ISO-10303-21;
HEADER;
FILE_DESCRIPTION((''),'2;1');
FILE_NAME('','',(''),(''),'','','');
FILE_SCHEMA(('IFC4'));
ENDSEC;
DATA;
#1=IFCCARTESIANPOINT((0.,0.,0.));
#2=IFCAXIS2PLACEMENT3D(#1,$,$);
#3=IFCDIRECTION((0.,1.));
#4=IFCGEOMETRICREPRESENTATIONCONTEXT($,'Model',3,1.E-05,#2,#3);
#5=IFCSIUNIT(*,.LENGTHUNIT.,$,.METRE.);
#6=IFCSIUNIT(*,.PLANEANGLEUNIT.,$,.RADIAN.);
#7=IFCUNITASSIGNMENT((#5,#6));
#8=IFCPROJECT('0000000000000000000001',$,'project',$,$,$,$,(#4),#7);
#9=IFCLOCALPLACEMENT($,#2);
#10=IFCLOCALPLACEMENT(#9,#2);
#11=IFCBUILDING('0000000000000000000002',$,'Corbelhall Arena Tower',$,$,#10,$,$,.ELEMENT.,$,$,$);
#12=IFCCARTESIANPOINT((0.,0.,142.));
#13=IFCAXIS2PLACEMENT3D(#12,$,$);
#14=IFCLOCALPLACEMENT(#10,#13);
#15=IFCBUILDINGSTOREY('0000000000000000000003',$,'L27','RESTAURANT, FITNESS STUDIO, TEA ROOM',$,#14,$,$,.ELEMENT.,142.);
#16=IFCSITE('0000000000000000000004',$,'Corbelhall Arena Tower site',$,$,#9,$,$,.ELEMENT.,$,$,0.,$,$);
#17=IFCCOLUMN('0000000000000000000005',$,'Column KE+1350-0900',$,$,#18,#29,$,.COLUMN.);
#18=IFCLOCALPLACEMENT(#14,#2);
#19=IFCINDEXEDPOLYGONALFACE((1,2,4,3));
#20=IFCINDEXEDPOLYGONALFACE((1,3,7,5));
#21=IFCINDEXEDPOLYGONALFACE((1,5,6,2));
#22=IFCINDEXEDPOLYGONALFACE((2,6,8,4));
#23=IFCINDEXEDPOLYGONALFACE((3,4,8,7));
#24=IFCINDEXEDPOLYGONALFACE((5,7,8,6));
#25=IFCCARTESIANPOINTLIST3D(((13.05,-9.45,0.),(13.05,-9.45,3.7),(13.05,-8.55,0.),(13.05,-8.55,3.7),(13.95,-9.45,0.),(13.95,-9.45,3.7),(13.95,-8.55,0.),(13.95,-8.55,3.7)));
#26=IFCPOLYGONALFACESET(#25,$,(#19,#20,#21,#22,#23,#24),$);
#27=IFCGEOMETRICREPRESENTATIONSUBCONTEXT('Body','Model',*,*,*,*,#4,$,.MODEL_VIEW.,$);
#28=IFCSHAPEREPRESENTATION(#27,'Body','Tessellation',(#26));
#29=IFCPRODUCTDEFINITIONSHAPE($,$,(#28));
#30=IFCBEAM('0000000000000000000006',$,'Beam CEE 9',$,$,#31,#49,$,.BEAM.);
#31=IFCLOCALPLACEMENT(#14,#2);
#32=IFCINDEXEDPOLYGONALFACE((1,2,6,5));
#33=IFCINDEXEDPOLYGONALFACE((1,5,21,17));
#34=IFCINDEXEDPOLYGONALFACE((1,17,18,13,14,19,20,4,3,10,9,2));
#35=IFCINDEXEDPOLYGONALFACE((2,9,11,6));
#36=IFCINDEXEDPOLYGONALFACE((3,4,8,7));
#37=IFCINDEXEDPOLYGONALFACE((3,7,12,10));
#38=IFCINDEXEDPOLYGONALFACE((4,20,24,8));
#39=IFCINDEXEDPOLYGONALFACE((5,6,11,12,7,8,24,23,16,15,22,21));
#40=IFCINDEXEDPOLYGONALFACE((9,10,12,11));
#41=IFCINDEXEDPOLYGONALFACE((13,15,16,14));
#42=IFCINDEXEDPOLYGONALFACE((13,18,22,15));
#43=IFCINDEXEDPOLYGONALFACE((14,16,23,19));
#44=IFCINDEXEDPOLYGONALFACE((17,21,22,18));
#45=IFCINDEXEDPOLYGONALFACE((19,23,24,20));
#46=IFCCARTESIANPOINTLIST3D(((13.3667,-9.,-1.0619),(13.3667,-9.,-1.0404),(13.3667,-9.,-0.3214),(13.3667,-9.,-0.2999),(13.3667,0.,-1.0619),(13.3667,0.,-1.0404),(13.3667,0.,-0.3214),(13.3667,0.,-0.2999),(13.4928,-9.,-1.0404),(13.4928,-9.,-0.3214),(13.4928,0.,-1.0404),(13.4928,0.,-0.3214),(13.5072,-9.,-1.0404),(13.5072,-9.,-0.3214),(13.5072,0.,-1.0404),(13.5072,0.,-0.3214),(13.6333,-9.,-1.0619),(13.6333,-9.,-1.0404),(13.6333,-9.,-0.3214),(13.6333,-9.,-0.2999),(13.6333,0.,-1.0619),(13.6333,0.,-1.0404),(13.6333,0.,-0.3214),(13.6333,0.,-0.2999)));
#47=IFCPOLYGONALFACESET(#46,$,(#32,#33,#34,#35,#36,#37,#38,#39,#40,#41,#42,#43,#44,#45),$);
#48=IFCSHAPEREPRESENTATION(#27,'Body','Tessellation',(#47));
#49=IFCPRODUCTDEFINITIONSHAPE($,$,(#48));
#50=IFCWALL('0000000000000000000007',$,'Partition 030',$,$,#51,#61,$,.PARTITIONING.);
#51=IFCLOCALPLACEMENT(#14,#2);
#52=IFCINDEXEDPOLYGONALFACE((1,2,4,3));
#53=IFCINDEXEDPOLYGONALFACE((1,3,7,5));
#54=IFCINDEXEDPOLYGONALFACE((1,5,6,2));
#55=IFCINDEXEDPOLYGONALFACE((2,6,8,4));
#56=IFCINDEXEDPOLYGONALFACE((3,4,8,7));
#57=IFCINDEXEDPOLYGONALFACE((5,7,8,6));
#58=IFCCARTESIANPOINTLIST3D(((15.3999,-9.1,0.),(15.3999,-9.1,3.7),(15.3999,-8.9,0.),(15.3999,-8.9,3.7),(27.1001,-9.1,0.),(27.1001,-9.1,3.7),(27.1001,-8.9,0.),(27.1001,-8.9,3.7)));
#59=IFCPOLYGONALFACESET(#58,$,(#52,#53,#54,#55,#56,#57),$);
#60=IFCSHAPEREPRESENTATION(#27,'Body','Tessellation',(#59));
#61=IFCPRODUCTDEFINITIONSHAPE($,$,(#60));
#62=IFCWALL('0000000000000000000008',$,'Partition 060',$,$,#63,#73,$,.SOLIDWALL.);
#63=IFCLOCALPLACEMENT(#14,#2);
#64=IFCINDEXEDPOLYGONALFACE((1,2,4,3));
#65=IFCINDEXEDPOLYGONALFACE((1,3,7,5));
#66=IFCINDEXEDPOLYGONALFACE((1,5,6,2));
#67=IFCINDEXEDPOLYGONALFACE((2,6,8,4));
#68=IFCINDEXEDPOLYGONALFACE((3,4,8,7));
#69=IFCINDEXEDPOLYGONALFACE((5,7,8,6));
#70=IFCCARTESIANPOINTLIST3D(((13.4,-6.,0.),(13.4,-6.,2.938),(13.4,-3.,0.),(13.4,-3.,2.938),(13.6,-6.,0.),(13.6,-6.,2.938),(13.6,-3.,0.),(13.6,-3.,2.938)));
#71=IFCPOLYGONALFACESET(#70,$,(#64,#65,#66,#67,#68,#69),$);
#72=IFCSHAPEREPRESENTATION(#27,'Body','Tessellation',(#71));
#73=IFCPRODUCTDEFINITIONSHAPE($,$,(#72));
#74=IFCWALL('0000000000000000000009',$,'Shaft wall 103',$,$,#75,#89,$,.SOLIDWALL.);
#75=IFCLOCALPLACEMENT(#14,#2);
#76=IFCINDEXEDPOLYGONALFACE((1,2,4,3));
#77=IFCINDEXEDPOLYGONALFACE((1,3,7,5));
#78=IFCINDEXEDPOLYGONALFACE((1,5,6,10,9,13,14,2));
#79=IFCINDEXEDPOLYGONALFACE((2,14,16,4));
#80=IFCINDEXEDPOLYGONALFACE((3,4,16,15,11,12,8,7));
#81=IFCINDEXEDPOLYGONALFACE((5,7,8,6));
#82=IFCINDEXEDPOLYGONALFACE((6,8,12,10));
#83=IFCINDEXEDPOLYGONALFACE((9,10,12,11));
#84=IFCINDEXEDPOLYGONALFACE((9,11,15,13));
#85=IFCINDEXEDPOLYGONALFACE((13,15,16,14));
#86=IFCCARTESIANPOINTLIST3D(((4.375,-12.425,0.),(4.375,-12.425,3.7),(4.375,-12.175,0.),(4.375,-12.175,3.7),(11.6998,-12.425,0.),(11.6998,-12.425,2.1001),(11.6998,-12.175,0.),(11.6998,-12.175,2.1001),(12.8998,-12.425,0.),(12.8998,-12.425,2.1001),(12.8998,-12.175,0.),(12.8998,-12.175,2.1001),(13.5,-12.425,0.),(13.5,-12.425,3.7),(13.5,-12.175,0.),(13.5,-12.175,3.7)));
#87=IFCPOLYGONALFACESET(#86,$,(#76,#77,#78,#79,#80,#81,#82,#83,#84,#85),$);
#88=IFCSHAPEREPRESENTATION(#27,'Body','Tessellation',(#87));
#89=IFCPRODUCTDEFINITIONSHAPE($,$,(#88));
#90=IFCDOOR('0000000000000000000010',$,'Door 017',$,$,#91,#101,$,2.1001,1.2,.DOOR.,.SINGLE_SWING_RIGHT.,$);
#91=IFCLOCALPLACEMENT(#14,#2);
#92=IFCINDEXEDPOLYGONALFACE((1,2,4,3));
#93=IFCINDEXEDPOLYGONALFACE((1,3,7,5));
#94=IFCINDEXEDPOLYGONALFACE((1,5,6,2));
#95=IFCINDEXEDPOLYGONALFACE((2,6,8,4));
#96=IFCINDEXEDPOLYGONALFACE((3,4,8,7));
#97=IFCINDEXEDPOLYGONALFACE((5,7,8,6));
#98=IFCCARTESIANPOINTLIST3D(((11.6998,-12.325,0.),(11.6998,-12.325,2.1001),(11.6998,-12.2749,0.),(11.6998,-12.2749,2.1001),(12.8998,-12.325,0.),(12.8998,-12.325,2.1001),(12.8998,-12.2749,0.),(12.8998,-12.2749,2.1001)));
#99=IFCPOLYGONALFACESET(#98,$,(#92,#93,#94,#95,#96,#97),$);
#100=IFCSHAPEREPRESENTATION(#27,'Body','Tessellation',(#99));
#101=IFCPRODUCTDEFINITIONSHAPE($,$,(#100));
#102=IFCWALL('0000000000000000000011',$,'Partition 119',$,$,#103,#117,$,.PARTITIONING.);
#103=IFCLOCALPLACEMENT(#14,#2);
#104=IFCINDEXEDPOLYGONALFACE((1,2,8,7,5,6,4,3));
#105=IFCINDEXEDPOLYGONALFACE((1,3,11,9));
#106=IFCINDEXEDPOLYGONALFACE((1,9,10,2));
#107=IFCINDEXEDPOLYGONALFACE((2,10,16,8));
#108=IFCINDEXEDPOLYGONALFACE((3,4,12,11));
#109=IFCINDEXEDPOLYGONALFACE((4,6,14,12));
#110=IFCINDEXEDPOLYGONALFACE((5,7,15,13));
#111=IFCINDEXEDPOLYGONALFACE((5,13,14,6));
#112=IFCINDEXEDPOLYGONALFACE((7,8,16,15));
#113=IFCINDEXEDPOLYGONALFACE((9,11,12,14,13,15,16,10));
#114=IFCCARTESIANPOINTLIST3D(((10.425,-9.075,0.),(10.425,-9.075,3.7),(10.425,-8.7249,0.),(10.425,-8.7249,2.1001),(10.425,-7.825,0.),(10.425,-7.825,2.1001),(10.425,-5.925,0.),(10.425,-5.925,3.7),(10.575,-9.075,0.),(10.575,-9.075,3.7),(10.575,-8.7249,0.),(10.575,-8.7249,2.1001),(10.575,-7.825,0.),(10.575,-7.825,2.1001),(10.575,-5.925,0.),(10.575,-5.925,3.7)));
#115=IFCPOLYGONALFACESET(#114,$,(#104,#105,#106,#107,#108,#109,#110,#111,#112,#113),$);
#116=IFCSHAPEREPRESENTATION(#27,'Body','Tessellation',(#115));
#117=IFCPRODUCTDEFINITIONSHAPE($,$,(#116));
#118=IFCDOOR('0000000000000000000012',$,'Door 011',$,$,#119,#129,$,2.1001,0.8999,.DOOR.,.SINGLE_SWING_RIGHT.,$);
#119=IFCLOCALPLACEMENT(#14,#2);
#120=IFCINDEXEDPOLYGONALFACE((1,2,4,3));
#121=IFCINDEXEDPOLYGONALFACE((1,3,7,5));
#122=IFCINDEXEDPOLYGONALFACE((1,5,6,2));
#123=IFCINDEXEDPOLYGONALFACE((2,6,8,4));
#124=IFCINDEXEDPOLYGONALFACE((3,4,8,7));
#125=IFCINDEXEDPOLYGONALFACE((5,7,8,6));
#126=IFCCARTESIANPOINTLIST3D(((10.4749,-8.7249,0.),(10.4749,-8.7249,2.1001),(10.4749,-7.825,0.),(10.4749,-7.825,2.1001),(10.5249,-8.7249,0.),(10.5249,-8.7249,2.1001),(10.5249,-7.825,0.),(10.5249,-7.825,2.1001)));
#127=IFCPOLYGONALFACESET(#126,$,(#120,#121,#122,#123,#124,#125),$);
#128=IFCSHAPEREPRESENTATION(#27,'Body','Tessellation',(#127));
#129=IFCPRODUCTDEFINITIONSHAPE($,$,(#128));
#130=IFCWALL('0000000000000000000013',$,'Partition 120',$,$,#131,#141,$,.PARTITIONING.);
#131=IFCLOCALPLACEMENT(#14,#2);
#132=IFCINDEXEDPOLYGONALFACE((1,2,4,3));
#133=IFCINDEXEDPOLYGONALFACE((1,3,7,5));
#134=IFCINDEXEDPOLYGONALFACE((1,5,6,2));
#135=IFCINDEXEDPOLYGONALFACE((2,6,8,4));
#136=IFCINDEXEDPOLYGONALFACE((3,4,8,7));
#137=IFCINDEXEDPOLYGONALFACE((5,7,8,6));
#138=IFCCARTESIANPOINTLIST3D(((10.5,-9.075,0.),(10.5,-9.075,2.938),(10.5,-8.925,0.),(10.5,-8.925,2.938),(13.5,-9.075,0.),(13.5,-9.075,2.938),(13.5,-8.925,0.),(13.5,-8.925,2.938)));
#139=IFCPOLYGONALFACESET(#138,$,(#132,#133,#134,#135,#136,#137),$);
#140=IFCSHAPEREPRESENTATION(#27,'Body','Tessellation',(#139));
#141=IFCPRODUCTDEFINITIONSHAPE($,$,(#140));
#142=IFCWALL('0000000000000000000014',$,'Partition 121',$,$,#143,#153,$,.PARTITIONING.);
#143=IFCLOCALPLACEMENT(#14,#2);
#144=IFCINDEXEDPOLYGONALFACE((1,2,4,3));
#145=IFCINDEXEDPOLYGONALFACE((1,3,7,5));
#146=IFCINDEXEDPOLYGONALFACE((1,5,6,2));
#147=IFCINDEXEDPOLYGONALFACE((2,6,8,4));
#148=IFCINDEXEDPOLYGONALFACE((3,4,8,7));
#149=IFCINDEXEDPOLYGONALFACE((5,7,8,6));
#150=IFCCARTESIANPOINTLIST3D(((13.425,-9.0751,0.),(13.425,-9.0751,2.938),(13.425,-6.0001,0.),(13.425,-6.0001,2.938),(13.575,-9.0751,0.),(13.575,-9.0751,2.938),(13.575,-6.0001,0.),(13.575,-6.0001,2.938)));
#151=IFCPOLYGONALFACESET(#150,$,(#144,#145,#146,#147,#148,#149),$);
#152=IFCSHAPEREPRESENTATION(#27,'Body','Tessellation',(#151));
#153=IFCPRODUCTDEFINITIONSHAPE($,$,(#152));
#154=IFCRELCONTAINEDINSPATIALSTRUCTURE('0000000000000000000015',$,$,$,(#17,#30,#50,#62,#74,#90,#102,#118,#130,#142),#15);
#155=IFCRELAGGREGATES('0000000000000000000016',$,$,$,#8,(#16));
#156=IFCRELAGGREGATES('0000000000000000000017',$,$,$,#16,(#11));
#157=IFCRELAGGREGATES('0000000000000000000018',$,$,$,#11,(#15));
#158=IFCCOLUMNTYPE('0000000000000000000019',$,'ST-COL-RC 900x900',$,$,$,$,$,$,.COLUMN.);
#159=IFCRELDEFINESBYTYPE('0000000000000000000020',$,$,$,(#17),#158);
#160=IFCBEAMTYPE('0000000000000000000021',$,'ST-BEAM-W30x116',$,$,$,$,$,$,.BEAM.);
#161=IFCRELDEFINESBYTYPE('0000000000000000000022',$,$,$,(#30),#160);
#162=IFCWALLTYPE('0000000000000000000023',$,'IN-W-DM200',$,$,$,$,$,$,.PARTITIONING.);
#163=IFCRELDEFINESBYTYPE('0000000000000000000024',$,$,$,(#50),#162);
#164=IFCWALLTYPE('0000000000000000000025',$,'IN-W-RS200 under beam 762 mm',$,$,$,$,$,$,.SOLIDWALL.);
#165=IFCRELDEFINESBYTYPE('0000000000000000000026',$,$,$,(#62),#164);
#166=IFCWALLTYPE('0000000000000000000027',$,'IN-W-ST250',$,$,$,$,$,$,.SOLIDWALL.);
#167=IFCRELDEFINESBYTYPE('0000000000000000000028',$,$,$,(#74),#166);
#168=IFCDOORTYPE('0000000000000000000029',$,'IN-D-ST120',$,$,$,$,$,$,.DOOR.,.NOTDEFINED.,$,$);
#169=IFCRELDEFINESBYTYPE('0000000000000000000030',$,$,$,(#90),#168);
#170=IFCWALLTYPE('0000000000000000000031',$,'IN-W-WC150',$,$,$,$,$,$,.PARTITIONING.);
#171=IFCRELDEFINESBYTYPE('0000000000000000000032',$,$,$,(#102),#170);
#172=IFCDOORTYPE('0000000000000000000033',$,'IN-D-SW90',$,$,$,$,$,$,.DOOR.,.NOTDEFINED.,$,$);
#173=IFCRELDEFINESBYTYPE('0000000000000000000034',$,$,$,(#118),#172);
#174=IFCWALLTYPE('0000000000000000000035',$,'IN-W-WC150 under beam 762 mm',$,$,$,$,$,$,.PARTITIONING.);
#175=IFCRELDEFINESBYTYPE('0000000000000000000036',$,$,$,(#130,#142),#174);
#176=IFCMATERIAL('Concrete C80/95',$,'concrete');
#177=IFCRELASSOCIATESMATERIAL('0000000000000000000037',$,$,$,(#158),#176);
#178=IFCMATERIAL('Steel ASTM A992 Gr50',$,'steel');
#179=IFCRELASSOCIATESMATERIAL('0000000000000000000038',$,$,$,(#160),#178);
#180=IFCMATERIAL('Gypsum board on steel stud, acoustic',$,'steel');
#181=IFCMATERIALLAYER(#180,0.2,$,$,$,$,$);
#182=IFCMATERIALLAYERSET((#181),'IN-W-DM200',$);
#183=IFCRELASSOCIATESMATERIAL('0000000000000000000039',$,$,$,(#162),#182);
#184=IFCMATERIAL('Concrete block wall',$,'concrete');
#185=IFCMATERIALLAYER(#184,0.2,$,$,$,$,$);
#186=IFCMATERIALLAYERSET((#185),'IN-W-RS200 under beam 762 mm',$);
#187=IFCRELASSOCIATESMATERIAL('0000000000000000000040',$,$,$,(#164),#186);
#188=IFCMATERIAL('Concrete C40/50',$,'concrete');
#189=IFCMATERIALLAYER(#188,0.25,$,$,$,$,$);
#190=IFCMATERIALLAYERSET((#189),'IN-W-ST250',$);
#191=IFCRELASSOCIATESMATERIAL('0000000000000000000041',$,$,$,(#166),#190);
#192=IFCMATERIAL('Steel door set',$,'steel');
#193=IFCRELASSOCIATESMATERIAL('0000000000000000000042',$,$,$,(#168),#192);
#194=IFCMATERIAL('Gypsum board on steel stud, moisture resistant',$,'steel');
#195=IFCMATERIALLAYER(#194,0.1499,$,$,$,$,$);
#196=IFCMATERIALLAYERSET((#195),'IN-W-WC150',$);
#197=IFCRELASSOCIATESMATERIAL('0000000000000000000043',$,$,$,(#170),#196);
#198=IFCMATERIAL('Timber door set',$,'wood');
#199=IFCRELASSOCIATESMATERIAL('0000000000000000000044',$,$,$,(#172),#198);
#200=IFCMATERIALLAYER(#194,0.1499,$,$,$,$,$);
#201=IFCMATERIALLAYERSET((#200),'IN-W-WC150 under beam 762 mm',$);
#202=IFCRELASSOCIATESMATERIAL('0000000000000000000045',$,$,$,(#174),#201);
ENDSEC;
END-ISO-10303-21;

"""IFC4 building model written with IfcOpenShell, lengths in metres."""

from ifc_helpers import new_model, si_unit, direction, frame, frame_2d, origin, origin_2d, place, context, subcontext, project, spatial, rectangle, i_section, extrude, material, layer, layer_set, material_profile, profile_set, type_object, element, fill, save


model = new_model("IFC4")

# Units and contexts
model_context = context("Model", 3, precision=1e-05, world=origin(), true_north=direction((0.0, 1.0)))
body_context = subcontext(model_context, "Body", "Model", "MODEL_VIEW")
ifc_project = project(units=[si_unit("LENGTHUNIT", "METRE"), si_unit("PLANEANGLEUNIT", "RADIAN")], contexts=[model_context])

# Site, building, storey
site_placement = place(None, origin())
site = spatial("IfcSite", under=ifc_project, at=site_placement, Name="Corbelhall Arena Tower site", CompositionType="ELEMENT", RefElevation=0.0)
building_placement = place(site_placement, origin())
building = spatial("IfcBuilding", under=site, at=building_placement, Name="Corbelhall Arena Tower", CompositionType="ELEMENT")
storey_placement = place(building_placement, frame((0.0, 0.0, 142.0)))
storey = spatial("IfcBuildingStorey", under=building, at=storey_placement, Name="L27", Description="RESTAURANT, FITNESS STUDIO, TEA ROOM", CompositionType="ELEMENT", Elevation=142.0)

# Column
ifc_material_1 = material(Name="Concrete C80/95", Category="concrete")
ifc_material_profile_1 = material_profile(ifc_material_1, rectangle(XDim=0.8999, YDim=0.8999, at=origin_2d()))
ifc_profile_set_1 = profile_set([ifc_material_profile_1], Name="Concrete C80/95")
column_type = type_object("IfcColumnType", Name="ST-COL-RC 900x900", PredefinedType="COLUMN", material=ifc_profile_set_1)
column_placement = place(storey_placement, frame((13.5, -9.0, 0.0), z_axis=(0.0, 0.0, 1.0), x_axis=(1.0, 0.0, 0.0)))
element("IfcColumn", 1, at=column_placement, inside=storey, type_object=column_type, Name="Column KE+1350-0900", PredefinedType="COLUMN", context=body_context, shape_type="SweptSolid", body=[
    extrude(rectangle(XDim=0.8999, YDim=0.8999, at=origin_2d()), origin(), (0.0, 0.0, 1.0), 3.7),
])

# Beam
ifc_material_2 = material(Name="Steel ASTM A992 Gr50", Category="steel")
ifc_material_profile_2 = material_profile(ifc_material_2, i_section(OverallWidth=0.2666, OverallDepth=0.762, WebThickness=0.0144, FlangeThickness=0.0215, at=origin_2d()))
ifc_profile_set_2 = profile_set([ifc_material_profile_2], Name="Steel ASTM A992 Gr50")
beam_type = type_object("IfcBeamType", Name="ST-BEAM-W30x116", PredefinedType="BEAM", material=ifc_profile_set_2)
beam_placement = place(storey_placement, frame((13.5, -9.0, -0.6809), z_axis=(0.0, 1.0, 0.0), x_axis=(-1.0, 0.0, 0.0)))
element("IfcBeam", 2, at=beam_placement, inside=storey, type_object=beam_type, Name="Beam CEE 9", PredefinedType="BEAM", context=body_context, shape_type="SweptSolid", body=[
    extrude(i_section(OverallWidth=0.2666, OverallDepth=0.762, WebThickness=0.0144, FlangeThickness=0.0215, at=origin_2d()), origin(), (0.0, 0.0, 1.0), 9.0),
])

# Shared definitions
ifc_material_3 = material(Name="Gypsum board on steel stud, acoustic", Category="steel")
ifc_layer_1 = layer(ifc_material_3, 0.2)
ifc_layer_set_1 = layer_set([ifc_layer_1], Name="IN-W-DM200")
wall_type_1 = type_object("IfcWallType", Name="IN-W-DM200", PredefinedType="PARTITIONING", material=ifc_layer_set_1)
ifc_material_4 = material(Name="Steel door set", Category="steel")

# Wall
wall_1_placement = place(storey_placement, frame((15.3999, -9.0, 0.0), z_axis=(0.0, 0.0, 1.0), x_axis=(1.0, 0.0, 0.0)))
element("IfcWall", 3, at=wall_1_placement, inside=storey, type_object=wall_type_1, Name="Partition 030", PredefinedType="PARTITIONING", context=body_context, shape_type="SweptSolid", body=[
    extrude(rectangle(XDim=11.7002, YDim=0.2, at=frame_2d((5.8501, 0.0))), origin(), (0.0, 0.0, 1.0), 3.7),
])

# Shared definitions
ifc_material_5 = material(Name="Concrete block wall", Category="concrete")

# Wall
ifc_layer_2 = layer(ifc_material_5, 0.2)
ifc_layer_set_2 = layer_set([ifc_layer_2], Name="IN-W-RS200 under beam 762 mm")
wall_type_2 = type_object("IfcWallType", Name="IN-W-RS200 under beam 762 mm", PredefinedType="SOLIDWALL", material=ifc_layer_set_2)
wall_2_placement = place(storey_placement, frame((13.5, -3.0, 0.0), z_axis=(0.0, 0.0, 1.0), x_axis=(0.0, -1.0, 0.0)))
element("IfcWall", 4, at=wall_2_placement, inside=storey, type_object=wall_type_2, Name="Partition 060", PredefinedType="SOLIDWALL", context=body_context, shape_type="SweptSolid", body=[
    extrude(rectangle(XDim=3.0, YDim=0.2, at=frame_2d((1.5, 0.0))), origin(), (0.0, 0.0, 1.0), 2.938),
])

# Walls, openings, doors
ifc_material_6 = material(Name="Concrete C40/50", Category="concrete")
ifc_layer_3 = layer(ifc_material_6, 0.25)
ifc_layer_set_3 = layer_set([ifc_layer_3], Name="IN-W-ST250")
wall_type_3 = type_object("IfcWallType", Name="IN-W-ST250", PredefinedType="SOLIDWALL", material=ifc_layer_set_3)
wall_3_placement = place(storey_placement, frame((13.5, -12.3, 0.0), z_axis=(0.0, 0.0, 1.0), x_axis=(-1.0, 0.0, 0.0)))
wall_3 = element("IfcWall", 5, at=wall_3_placement, inside=storey, type_object=wall_type_3, Name="Shaft wall 103", PredefinedType="SOLIDWALL", context=body_context, shape_type="SweptSolid", body=[
    extrude(rectangle(XDim=9.125, YDim=0.25, at=frame_2d((4.5625, 0.0))), origin(), (0.0, 0.0, 1.0), 3.7),
])
opening_1_placement = place(wall_3_placement, frame((0.6001, 0.0, 0.0)))
opening_1 = element("IfcOpeningElement", 6, at=opening_1_placement, cuts=wall_3, PredefinedType="OPENING", context=body_context, shape_type="SweptSolid", body=[
    extrude(rectangle(XDim=1.2, YDim=2.1001, at=frame_2d((0.6001, 1.05))), frame((0.0, 0.125, 0.0), z_axis=(0.0, -1.0, 0.0), x_axis=(1.0, 0.0, 0.0)), (0.0, 0.0, 1.0), 0.25),
])
door_type_1 = type_object("IfcDoorType", Name="IN-D-ST120", OperationType="NOTDEFINED", PredefinedType="DOOR", material=ifc_material_4)
door_1_placement = place(opening_1_placement, origin())
door_1 = element("IfcDoor", 7, at=door_1_placement, inside=storey, type_object=door_type_1, Name="Door 017", OperationType="SINGLE_SWING_RIGHT", OverallHeight=2.1001, OverallWidth=1.2, PredefinedType="DOOR", context=body_context, shape_type="SweptSolid", body=[
    extrude(rectangle(XDim=1.2, YDim=2.1001, at=frame_2d((0.6001, 1.05))), frame((0.0, 0.0249, 0.0), z_axis=(0.0, -1.0, 0.0), x_axis=(1.0, 0.0, 0.0)), (0.0, 0.0, 1.0), 0.05),
])
fill(opening_1, door_1)
ifc_material_7 = material(Name="Gypsum board on steel stud, moisture resistant", Category="steel")
ifc_layer_4 = layer(ifc_material_7, 0.1499)
ifc_layer_set_4 = layer_set([ifc_layer_4], Name="IN-W-WC150")
wall_type_4 = type_object("IfcWallType", Name="IN-W-WC150", PredefinedType="PARTITIONING", material=ifc_layer_set_4)
wall_4_placement = place(storey_placement, frame((10.5, -5.925, 0.0), z_axis=(0.0, 0.0, 1.0), x_axis=(0.0, -1.0, 0.0)))
wall_4 = element("IfcWall", 8, at=wall_4_placement, inside=storey, type_object=wall_type_4, Name="Partition 119", PredefinedType="PARTITIONING", context=body_context, shape_type="SweptSolid", body=[
    extrude(rectangle(XDim=3.1499, YDim=0.1499, at=frame_2d((1.575, 0.0))), origin(), (0.0, 0.0, 1.0), 3.7),
])
opening_2_placement = place(wall_4_placement, frame((1.8999, 0.0, 0.0)))
opening_2 = element("IfcOpeningElement", 9, at=opening_2_placement, cuts=wall_4, PredefinedType="OPENING", context=body_context, shape_type="SweptSolid", body=[
    extrude(rectangle(XDim=0.8999, YDim=2.1001, at=frame_2d((0.45, 1.05))), frame((0.0, 0.075, 0.0), z_axis=(0.0, -1.0, 0.0), x_axis=(1.0, 0.0, 0.0)), (0.0, 0.0, 1.0), 0.1499),
])
ifc_material_8 = material(Name="Timber door set", Category="wood")
door_type_2 = type_object("IfcDoorType", Name="IN-D-SW90", OperationType="NOTDEFINED", PredefinedType="DOOR", material=ifc_material_8)
door_2_placement = place(opening_2_placement, origin())
door_2 = element("IfcDoor", 10, at=door_2_placement, inside=storey, type_object=door_type_2, Name="Door 011", OperationType="SINGLE_SWING_RIGHT", OverallHeight=2.1001, OverallWidth=0.8999, PredefinedType="DOOR", context=body_context, shape_type="SweptSolid", body=[
    extrude(rectangle(XDim=0.8999, YDim=2.1001, at=frame_2d((0.45, 1.05))), frame((0.0, 0.0249, 0.0), z_axis=(0.0, -1.0, 0.0), x_axis=(1.0, 0.0, 0.0)), (0.0, 0.0, 1.0), 0.05),
])
fill(opening_2, door_2)

# Walls
ifc_layer_5 = layer(ifc_material_7, 0.1499)
ifc_layer_set_5 = layer_set([ifc_layer_5], Name="IN-W-WC150 under beam 762 mm")
wall_type_5 = type_object("IfcWallType", Name="IN-W-WC150 under beam 762 mm", PredefinedType="PARTITIONING", material=ifc_layer_set_5)
wall_5_placement = place(storey_placement, frame((13.5, -9.0, 0.0), z_axis=(0.0, 0.0, 1.0), x_axis=(-1.0, 0.0, 0.0)))
element("IfcWall", 11, at=wall_5_placement, inside=storey, type_object=wall_type_5, Name="Partition 120", PredefinedType="PARTITIONING", context=body_context, shape_type="SweptSolid", body=[
    extrude(rectangle(XDim=3.0, YDim=0.1499, at=frame_2d((1.5, 0.0))), origin(), (0.0, 0.0, 1.0), 2.938),
])
wall_6_placement = place(storey_placement, frame((13.5, -6.0, 0.0), z_axis=(0.0, 0.0, 1.0), x_axis=(0.0, -1.0, 0.0)))
element("IfcWall", 12, at=wall_6_placement, inside=storey, type_object=wall_type_5, Name="Partition 121", PredefinedType="PARTITIONING", context=body_context, shape_type="SweptSolid", body=[
    extrude(rectangle(XDim=3.075, YDim=0.1499, at=frame_2d((1.5376, 0.0))), origin(), (0.0, 0.0, 1.0), 2.938),
])

save(model, "model.ifc")
